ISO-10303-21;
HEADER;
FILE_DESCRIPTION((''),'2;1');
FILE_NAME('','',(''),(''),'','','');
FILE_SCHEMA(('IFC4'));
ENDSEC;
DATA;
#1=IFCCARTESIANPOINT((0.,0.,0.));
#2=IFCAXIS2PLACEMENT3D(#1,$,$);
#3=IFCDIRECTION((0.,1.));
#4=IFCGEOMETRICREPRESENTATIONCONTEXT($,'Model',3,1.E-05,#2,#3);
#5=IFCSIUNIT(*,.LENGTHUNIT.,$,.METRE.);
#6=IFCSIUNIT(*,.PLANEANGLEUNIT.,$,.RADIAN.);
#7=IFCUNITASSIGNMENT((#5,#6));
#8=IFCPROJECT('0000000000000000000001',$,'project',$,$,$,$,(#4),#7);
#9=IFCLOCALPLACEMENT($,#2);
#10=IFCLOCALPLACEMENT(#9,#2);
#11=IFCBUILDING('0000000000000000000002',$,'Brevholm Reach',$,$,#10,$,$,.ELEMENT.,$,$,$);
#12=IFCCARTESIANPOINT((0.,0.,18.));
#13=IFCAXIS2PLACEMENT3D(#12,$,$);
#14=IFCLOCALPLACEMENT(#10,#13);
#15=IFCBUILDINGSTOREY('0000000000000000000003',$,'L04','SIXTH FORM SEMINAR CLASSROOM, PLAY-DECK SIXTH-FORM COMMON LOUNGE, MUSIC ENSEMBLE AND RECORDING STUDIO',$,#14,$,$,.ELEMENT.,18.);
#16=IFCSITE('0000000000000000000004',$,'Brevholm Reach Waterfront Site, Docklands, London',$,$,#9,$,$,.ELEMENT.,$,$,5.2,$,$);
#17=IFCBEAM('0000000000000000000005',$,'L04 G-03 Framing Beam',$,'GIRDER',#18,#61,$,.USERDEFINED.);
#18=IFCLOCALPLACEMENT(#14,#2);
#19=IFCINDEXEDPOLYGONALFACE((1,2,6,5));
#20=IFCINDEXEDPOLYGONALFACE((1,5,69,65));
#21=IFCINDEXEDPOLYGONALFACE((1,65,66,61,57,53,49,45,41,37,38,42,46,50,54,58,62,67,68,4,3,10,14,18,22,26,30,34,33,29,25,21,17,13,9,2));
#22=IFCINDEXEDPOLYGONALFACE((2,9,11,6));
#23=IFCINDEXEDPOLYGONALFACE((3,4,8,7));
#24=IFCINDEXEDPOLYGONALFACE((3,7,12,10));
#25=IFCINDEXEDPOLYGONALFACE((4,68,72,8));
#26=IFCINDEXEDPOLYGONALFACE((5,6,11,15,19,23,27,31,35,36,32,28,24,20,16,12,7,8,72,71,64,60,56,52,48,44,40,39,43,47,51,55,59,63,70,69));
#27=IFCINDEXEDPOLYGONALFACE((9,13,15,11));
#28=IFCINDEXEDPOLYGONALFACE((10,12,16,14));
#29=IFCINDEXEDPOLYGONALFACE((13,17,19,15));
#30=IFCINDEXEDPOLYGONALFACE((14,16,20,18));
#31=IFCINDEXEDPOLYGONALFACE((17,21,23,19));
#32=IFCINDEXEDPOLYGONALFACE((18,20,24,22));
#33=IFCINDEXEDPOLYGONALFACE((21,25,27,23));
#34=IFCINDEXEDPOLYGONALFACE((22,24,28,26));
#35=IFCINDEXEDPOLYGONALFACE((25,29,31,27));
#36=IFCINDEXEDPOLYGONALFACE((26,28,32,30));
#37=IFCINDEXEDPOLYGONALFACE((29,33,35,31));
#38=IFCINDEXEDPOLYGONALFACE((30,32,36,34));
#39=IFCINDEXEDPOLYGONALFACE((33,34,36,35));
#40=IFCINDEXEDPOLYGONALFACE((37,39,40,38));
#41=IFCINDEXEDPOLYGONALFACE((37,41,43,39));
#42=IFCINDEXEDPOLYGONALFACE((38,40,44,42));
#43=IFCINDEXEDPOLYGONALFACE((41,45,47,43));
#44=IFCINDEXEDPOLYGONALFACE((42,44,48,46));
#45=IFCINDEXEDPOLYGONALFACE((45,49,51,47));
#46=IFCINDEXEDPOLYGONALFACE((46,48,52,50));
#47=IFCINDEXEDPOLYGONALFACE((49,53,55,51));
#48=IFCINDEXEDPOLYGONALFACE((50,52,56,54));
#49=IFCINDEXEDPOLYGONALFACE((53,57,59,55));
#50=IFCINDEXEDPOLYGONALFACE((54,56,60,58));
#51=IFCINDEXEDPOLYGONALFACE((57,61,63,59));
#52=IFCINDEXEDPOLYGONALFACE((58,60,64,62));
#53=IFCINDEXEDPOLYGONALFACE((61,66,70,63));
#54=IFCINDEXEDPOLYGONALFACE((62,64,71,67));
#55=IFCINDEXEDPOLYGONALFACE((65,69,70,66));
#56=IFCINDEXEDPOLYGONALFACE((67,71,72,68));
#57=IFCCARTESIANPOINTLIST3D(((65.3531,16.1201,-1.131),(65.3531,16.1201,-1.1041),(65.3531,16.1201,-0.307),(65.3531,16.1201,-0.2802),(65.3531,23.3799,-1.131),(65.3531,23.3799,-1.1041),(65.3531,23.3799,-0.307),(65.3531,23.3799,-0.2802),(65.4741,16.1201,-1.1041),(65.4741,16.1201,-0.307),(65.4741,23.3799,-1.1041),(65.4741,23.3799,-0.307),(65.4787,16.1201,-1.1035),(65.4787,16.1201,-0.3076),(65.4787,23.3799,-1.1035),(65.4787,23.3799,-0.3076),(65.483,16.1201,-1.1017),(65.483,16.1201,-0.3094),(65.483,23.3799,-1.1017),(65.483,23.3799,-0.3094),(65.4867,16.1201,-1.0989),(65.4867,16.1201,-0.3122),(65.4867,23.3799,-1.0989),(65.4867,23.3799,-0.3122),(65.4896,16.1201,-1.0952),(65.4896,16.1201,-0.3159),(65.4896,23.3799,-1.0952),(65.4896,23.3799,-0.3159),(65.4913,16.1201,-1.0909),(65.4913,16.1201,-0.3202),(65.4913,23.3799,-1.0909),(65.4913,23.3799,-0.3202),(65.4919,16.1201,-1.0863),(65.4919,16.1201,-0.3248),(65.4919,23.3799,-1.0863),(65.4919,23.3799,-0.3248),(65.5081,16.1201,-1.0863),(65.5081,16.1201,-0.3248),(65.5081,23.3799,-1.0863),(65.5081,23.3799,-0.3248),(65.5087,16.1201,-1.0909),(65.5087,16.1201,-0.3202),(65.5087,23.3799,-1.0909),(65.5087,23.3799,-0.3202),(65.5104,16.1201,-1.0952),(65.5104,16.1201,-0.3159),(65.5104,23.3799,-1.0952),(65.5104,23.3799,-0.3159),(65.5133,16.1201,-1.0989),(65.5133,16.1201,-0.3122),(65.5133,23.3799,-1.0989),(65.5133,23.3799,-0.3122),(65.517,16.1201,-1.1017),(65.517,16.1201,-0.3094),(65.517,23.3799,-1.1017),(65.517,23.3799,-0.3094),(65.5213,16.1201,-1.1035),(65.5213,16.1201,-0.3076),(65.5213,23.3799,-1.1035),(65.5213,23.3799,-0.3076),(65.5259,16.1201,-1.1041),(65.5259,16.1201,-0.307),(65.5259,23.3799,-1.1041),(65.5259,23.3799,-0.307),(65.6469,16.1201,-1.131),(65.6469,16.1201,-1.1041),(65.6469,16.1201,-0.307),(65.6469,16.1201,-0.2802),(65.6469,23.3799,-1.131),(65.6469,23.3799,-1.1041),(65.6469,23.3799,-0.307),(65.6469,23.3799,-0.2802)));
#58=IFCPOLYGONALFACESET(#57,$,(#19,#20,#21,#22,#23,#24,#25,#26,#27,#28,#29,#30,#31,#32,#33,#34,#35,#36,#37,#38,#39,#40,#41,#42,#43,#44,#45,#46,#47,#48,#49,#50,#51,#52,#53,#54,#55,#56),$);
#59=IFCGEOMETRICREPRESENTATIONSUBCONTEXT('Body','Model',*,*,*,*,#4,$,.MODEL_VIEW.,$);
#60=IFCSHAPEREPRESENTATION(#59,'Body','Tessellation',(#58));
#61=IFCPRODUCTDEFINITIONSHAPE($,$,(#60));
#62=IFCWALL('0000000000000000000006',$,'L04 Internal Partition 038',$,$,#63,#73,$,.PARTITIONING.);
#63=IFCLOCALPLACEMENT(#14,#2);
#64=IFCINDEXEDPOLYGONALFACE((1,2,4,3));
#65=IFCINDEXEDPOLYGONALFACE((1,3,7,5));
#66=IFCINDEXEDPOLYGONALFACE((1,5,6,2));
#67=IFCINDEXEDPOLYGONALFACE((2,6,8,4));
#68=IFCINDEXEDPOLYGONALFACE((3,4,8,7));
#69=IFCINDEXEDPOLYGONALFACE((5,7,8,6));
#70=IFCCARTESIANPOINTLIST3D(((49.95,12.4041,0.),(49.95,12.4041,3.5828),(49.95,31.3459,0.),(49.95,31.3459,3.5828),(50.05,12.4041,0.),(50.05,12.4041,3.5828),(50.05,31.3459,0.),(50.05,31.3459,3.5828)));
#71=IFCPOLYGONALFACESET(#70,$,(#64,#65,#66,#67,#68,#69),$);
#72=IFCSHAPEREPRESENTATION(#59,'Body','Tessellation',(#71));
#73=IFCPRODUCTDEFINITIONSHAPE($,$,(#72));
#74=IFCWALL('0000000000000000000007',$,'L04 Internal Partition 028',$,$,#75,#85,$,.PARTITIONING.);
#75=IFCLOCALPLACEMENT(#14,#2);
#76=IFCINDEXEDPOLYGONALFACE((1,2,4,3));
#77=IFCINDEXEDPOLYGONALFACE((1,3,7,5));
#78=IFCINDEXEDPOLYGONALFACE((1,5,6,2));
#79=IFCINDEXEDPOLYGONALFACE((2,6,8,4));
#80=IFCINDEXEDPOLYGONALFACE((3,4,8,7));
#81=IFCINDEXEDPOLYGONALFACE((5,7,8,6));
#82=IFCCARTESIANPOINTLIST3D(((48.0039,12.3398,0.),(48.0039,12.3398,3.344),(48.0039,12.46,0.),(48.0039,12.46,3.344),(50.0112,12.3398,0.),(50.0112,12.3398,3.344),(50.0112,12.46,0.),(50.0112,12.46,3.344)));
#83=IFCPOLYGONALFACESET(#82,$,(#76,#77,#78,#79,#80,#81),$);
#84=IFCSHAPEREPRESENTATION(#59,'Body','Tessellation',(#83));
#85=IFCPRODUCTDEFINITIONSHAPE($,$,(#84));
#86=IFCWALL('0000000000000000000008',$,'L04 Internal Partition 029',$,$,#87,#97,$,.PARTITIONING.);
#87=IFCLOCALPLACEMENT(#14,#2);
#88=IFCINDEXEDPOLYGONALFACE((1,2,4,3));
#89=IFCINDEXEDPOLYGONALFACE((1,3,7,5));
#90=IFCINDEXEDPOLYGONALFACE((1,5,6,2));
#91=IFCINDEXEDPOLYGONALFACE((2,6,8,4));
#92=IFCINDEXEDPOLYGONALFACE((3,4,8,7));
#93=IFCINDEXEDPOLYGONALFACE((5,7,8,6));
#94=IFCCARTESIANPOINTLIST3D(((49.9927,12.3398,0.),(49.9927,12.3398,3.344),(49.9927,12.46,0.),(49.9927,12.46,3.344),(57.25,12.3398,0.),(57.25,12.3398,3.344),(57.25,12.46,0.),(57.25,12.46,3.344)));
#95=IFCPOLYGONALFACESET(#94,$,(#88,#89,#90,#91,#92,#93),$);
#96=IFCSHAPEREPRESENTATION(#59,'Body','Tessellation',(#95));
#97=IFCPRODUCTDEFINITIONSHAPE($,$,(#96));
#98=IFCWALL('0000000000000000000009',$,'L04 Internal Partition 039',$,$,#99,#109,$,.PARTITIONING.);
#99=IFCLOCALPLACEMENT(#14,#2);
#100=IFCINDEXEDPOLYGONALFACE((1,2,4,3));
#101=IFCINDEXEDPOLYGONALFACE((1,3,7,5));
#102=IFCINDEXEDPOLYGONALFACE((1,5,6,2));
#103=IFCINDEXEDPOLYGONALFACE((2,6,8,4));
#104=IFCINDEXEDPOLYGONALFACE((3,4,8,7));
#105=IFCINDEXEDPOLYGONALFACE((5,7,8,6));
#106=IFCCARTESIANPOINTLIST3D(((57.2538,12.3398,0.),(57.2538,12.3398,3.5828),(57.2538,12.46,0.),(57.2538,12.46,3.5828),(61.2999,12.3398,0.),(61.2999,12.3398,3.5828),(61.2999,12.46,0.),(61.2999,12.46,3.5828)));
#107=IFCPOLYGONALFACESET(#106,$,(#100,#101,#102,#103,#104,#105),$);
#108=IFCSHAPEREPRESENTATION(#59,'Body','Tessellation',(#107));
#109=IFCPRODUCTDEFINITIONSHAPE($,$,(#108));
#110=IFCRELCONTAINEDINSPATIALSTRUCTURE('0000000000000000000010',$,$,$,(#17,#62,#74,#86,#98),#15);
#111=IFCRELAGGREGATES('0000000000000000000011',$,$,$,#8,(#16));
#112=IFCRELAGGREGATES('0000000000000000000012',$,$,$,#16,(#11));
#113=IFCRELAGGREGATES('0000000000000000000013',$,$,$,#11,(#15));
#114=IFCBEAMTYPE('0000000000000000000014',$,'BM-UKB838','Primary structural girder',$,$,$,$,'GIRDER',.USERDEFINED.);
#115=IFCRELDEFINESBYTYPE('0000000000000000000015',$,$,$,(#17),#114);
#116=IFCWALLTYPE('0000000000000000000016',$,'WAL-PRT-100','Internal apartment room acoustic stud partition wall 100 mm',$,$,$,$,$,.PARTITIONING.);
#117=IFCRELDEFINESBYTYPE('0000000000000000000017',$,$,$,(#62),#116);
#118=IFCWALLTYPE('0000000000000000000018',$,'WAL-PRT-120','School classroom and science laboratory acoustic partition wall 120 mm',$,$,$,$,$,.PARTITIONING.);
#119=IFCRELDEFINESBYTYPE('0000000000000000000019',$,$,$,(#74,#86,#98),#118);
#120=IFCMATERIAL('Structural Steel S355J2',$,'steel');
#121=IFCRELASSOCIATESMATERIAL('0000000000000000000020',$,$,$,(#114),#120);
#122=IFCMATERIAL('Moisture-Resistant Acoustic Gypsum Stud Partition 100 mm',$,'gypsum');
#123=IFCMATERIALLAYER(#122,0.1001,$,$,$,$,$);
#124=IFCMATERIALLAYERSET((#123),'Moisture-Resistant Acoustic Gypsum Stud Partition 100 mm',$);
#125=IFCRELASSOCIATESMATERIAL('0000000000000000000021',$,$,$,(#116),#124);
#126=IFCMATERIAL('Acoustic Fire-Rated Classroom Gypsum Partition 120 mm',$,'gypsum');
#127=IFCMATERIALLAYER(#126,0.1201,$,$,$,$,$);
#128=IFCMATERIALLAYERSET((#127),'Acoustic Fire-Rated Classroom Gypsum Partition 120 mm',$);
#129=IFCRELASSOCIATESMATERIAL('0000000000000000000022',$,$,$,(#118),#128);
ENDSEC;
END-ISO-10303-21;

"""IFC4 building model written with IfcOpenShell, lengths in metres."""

from ifc_helpers import new_model, si_unit, direction, frame, frame_2d, origin, origin_2d, place, context, subcontext, project, spatial, rectangle, i_section, extrude, material, layer, layer_set, material_profile, profile_set, type_object, element, save


model = new_model("IFC4")

# Units and contexts
model_context = context("Model", 3, precision=1e-05, world=origin(), true_north=direction((0.0, 1.0)))
body_context = subcontext(model_context, "Body", "Model", "MODEL_VIEW")
ifc_project = project(units=[si_unit("LENGTHUNIT", "METRE"), si_unit("PLANEANGLEUNIT", "RADIAN")], contexts=[model_context])

# Site, building, storey
site_placement = place(None, origin())
site = spatial("IfcSite", under=ifc_project, at=site_placement, Name="Brevholm Reach Waterfront Site, Docklands, London", CompositionType="ELEMENT", RefElevation=5.2)
building_placement = place(site_placement, origin())
building = spatial("IfcBuilding", under=site, at=building_placement, Name="Brevholm Reach", CompositionType="ELEMENT")
storey_placement = place(building_placement, frame((0.0, 0.0, 18.0)))
storey = spatial("IfcBuildingStorey", under=building, at=storey_placement, Name="L04", Description="SIXTH FORM SEMINAR CLASSROOM, PLAY-DECK SIXTH-FORM COMMON LOUNGE, MUSIC ENSEMBLE AND RECORDING STUDIO", CompositionType="ELEMENT", Elevation=18.0)

# Beam
ifc_material_1 = material(Name="Structural Steel S355J2", Category="steel")
ifc_material_profile_1 = material_profile(ifc_material_1, i_section(OverallWidth=0.2937, OverallDepth=0.8508, WebThickness=0.0161, FlangeThickness=0.0269, FilletRadius=0.0178, at=origin_2d()), Name="UKB 838x292x226")
ifc_profile_set_1 = profile_set([ifc_material_profile_1], Name="Structural Steel S355J2")
beam_type_1 = type_object("IfcBeamType", Name="BM-UKB838", Description="Primary structural girder", ElementType="GIRDER", PredefinedType="USERDEFINED", material=ifc_profile_set_1)
beam_1_placement = place(storey_placement, frame((65.5, 16.1201, -0.7056), z_axis=(0.0, 1.0, 0.0), x_axis=(-1.0, 0.0, 0.0)))
element("IfcBeam", 1, at=beam_1_placement, inside=storey, type_object=beam_type_1, Name="L04 G-03 Framing Beam", ObjectType="GIRDER", PredefinedType="USERDEFINED", context=body_context, shape_type="SweptSolid", body=[
    extrude(i_section(OverallWidth=0.2937, OverallDepth=0.8508, WebThickness=0.0161, FlangeThickness=0.0269, FilletRadius=0.0178, at=origin_2d()), origin(), (0.0, 0.0, 1.0), 7.2598),
])

# Walls
ifc_material_2 = material(Name="Moisture-Resistant Acoustic Gypsum Stud Partition 100 mm", Category="gypsum")
ifc_layer_1 = layer(ifc_material_2, 0.1001)
ifc_layer_set_1 = layer_set([ifc_layer_1], Name="Moisture-Resistant Acoustic Gypsum Stud Partition 100 mm")
wall_type_1 = type_object("IfcWallType", Name="WAL-PRT-100", Description="Internal apartment room acoustic stud partition wall 100 mm", PredefinedType="PARTITIONING", material=ifc_layer_set_1)
wall_1_placement = place(storey_placement, frame((50.0, 12.4041, 0.0), z_axis=(0.0, 0.0, 1.0), x_axis=(0.0, 1.0, 0.0)))
element("IfcWall", 2, at=wall_1_placement, inside=storey, type_object=wall_type_1, Name="L04 Internal Partition 038", PredefinedType="PARTITIONING", context=body_context, shape_type="SweptSolid", body=[
    extrude(rectangle(XDim=18.9419, YDim=0.1001, at=frame_2d((9.4709, 0.0))), origin(), (0.0, 0.0, 1.0), 3.5828),
])
ifc_material_3 = material(Name="Acoustic Fire-Rated Classroom Gypsum Partition 120 mm", Category="gypsum")
ifc_layer_2 = layer(ifc_material_3, 0.1201)
ifc_layer_set_2 = layer_set([ifc_layer_2], Name="Acoustic Fire-Rated Classroom Gypsum Partition 120 mm")
wall_type_2 = type_object("IfcWallType", Name="WAL-PRT-120", Description="School classroom and science laboratory acoustic partition wall 120 mm", PredefinedType="PARTITIONING", material=ifc_layer_set_2)
wall_2_placement = place(storey_placement, frame((48.0039, 12.3999, 0.0), z_axis=(0.0, 0.0, 1.0), x_axis=(1.0, 0.0, 0.0)))
element("IfcWall", 3, at=wall_2_placement, inside=storey, type_object=wall_type_2, Name="L04 Internal Partition 028", PredefinedType="PARTITIONING", context=body_context, shape_type="SweptSolid", body=[
    extrude(rectangle(XDim=2.0073, YDim=0.1201, at=frame_2d((1.0037, 0.0))), origin(), (0.0, 0.0, 1.0), 3.344),
])
wall_3_placement = place(storey_placement, frame((49.9927, 12.3999, 0.0), z_axis=(0.0, 0.0, 1.0), x_axis=(1.0, 0.0, 0.0)))
element("IfcWall", 4, at=wall_3_placement, inside=storey, type_object=wall_type_2, Name="L04 Internal Partition 029", PredefinedType="PARTITIONING", context=body_context, shape_type="SweptSolid", body=[
    extrude(rectangle(XDim=7.2573, YDim=0.1201, at=frame_2d((3.6287, 0.0))), origin(), (0.0, 0.0, 1.0), 3.344),
])
wall_4_placement = place(storey_placement, frame((57.2539, 12.3999, 0.0), z_axis=(0.0, 0.0, 1.0), x_axis=(1.0, 0.0, 0.0)))
element("IfcWall", 5, at=wall_4_placement, inside=storey, type_object=wall_type_2, Name="L04 Internal Partition 039", PredefinedType="PARTITIONING", context=body_context, shape_type="SweptSolid", body=[
    extrude(rectangle(XDim=4.0461, YDim=0.1201, at=frame_2d((2.0229, 0.0))), origin(), (0.0, 0.0, 1.0), 3.5828),
])

save(model, "model.ifc")
